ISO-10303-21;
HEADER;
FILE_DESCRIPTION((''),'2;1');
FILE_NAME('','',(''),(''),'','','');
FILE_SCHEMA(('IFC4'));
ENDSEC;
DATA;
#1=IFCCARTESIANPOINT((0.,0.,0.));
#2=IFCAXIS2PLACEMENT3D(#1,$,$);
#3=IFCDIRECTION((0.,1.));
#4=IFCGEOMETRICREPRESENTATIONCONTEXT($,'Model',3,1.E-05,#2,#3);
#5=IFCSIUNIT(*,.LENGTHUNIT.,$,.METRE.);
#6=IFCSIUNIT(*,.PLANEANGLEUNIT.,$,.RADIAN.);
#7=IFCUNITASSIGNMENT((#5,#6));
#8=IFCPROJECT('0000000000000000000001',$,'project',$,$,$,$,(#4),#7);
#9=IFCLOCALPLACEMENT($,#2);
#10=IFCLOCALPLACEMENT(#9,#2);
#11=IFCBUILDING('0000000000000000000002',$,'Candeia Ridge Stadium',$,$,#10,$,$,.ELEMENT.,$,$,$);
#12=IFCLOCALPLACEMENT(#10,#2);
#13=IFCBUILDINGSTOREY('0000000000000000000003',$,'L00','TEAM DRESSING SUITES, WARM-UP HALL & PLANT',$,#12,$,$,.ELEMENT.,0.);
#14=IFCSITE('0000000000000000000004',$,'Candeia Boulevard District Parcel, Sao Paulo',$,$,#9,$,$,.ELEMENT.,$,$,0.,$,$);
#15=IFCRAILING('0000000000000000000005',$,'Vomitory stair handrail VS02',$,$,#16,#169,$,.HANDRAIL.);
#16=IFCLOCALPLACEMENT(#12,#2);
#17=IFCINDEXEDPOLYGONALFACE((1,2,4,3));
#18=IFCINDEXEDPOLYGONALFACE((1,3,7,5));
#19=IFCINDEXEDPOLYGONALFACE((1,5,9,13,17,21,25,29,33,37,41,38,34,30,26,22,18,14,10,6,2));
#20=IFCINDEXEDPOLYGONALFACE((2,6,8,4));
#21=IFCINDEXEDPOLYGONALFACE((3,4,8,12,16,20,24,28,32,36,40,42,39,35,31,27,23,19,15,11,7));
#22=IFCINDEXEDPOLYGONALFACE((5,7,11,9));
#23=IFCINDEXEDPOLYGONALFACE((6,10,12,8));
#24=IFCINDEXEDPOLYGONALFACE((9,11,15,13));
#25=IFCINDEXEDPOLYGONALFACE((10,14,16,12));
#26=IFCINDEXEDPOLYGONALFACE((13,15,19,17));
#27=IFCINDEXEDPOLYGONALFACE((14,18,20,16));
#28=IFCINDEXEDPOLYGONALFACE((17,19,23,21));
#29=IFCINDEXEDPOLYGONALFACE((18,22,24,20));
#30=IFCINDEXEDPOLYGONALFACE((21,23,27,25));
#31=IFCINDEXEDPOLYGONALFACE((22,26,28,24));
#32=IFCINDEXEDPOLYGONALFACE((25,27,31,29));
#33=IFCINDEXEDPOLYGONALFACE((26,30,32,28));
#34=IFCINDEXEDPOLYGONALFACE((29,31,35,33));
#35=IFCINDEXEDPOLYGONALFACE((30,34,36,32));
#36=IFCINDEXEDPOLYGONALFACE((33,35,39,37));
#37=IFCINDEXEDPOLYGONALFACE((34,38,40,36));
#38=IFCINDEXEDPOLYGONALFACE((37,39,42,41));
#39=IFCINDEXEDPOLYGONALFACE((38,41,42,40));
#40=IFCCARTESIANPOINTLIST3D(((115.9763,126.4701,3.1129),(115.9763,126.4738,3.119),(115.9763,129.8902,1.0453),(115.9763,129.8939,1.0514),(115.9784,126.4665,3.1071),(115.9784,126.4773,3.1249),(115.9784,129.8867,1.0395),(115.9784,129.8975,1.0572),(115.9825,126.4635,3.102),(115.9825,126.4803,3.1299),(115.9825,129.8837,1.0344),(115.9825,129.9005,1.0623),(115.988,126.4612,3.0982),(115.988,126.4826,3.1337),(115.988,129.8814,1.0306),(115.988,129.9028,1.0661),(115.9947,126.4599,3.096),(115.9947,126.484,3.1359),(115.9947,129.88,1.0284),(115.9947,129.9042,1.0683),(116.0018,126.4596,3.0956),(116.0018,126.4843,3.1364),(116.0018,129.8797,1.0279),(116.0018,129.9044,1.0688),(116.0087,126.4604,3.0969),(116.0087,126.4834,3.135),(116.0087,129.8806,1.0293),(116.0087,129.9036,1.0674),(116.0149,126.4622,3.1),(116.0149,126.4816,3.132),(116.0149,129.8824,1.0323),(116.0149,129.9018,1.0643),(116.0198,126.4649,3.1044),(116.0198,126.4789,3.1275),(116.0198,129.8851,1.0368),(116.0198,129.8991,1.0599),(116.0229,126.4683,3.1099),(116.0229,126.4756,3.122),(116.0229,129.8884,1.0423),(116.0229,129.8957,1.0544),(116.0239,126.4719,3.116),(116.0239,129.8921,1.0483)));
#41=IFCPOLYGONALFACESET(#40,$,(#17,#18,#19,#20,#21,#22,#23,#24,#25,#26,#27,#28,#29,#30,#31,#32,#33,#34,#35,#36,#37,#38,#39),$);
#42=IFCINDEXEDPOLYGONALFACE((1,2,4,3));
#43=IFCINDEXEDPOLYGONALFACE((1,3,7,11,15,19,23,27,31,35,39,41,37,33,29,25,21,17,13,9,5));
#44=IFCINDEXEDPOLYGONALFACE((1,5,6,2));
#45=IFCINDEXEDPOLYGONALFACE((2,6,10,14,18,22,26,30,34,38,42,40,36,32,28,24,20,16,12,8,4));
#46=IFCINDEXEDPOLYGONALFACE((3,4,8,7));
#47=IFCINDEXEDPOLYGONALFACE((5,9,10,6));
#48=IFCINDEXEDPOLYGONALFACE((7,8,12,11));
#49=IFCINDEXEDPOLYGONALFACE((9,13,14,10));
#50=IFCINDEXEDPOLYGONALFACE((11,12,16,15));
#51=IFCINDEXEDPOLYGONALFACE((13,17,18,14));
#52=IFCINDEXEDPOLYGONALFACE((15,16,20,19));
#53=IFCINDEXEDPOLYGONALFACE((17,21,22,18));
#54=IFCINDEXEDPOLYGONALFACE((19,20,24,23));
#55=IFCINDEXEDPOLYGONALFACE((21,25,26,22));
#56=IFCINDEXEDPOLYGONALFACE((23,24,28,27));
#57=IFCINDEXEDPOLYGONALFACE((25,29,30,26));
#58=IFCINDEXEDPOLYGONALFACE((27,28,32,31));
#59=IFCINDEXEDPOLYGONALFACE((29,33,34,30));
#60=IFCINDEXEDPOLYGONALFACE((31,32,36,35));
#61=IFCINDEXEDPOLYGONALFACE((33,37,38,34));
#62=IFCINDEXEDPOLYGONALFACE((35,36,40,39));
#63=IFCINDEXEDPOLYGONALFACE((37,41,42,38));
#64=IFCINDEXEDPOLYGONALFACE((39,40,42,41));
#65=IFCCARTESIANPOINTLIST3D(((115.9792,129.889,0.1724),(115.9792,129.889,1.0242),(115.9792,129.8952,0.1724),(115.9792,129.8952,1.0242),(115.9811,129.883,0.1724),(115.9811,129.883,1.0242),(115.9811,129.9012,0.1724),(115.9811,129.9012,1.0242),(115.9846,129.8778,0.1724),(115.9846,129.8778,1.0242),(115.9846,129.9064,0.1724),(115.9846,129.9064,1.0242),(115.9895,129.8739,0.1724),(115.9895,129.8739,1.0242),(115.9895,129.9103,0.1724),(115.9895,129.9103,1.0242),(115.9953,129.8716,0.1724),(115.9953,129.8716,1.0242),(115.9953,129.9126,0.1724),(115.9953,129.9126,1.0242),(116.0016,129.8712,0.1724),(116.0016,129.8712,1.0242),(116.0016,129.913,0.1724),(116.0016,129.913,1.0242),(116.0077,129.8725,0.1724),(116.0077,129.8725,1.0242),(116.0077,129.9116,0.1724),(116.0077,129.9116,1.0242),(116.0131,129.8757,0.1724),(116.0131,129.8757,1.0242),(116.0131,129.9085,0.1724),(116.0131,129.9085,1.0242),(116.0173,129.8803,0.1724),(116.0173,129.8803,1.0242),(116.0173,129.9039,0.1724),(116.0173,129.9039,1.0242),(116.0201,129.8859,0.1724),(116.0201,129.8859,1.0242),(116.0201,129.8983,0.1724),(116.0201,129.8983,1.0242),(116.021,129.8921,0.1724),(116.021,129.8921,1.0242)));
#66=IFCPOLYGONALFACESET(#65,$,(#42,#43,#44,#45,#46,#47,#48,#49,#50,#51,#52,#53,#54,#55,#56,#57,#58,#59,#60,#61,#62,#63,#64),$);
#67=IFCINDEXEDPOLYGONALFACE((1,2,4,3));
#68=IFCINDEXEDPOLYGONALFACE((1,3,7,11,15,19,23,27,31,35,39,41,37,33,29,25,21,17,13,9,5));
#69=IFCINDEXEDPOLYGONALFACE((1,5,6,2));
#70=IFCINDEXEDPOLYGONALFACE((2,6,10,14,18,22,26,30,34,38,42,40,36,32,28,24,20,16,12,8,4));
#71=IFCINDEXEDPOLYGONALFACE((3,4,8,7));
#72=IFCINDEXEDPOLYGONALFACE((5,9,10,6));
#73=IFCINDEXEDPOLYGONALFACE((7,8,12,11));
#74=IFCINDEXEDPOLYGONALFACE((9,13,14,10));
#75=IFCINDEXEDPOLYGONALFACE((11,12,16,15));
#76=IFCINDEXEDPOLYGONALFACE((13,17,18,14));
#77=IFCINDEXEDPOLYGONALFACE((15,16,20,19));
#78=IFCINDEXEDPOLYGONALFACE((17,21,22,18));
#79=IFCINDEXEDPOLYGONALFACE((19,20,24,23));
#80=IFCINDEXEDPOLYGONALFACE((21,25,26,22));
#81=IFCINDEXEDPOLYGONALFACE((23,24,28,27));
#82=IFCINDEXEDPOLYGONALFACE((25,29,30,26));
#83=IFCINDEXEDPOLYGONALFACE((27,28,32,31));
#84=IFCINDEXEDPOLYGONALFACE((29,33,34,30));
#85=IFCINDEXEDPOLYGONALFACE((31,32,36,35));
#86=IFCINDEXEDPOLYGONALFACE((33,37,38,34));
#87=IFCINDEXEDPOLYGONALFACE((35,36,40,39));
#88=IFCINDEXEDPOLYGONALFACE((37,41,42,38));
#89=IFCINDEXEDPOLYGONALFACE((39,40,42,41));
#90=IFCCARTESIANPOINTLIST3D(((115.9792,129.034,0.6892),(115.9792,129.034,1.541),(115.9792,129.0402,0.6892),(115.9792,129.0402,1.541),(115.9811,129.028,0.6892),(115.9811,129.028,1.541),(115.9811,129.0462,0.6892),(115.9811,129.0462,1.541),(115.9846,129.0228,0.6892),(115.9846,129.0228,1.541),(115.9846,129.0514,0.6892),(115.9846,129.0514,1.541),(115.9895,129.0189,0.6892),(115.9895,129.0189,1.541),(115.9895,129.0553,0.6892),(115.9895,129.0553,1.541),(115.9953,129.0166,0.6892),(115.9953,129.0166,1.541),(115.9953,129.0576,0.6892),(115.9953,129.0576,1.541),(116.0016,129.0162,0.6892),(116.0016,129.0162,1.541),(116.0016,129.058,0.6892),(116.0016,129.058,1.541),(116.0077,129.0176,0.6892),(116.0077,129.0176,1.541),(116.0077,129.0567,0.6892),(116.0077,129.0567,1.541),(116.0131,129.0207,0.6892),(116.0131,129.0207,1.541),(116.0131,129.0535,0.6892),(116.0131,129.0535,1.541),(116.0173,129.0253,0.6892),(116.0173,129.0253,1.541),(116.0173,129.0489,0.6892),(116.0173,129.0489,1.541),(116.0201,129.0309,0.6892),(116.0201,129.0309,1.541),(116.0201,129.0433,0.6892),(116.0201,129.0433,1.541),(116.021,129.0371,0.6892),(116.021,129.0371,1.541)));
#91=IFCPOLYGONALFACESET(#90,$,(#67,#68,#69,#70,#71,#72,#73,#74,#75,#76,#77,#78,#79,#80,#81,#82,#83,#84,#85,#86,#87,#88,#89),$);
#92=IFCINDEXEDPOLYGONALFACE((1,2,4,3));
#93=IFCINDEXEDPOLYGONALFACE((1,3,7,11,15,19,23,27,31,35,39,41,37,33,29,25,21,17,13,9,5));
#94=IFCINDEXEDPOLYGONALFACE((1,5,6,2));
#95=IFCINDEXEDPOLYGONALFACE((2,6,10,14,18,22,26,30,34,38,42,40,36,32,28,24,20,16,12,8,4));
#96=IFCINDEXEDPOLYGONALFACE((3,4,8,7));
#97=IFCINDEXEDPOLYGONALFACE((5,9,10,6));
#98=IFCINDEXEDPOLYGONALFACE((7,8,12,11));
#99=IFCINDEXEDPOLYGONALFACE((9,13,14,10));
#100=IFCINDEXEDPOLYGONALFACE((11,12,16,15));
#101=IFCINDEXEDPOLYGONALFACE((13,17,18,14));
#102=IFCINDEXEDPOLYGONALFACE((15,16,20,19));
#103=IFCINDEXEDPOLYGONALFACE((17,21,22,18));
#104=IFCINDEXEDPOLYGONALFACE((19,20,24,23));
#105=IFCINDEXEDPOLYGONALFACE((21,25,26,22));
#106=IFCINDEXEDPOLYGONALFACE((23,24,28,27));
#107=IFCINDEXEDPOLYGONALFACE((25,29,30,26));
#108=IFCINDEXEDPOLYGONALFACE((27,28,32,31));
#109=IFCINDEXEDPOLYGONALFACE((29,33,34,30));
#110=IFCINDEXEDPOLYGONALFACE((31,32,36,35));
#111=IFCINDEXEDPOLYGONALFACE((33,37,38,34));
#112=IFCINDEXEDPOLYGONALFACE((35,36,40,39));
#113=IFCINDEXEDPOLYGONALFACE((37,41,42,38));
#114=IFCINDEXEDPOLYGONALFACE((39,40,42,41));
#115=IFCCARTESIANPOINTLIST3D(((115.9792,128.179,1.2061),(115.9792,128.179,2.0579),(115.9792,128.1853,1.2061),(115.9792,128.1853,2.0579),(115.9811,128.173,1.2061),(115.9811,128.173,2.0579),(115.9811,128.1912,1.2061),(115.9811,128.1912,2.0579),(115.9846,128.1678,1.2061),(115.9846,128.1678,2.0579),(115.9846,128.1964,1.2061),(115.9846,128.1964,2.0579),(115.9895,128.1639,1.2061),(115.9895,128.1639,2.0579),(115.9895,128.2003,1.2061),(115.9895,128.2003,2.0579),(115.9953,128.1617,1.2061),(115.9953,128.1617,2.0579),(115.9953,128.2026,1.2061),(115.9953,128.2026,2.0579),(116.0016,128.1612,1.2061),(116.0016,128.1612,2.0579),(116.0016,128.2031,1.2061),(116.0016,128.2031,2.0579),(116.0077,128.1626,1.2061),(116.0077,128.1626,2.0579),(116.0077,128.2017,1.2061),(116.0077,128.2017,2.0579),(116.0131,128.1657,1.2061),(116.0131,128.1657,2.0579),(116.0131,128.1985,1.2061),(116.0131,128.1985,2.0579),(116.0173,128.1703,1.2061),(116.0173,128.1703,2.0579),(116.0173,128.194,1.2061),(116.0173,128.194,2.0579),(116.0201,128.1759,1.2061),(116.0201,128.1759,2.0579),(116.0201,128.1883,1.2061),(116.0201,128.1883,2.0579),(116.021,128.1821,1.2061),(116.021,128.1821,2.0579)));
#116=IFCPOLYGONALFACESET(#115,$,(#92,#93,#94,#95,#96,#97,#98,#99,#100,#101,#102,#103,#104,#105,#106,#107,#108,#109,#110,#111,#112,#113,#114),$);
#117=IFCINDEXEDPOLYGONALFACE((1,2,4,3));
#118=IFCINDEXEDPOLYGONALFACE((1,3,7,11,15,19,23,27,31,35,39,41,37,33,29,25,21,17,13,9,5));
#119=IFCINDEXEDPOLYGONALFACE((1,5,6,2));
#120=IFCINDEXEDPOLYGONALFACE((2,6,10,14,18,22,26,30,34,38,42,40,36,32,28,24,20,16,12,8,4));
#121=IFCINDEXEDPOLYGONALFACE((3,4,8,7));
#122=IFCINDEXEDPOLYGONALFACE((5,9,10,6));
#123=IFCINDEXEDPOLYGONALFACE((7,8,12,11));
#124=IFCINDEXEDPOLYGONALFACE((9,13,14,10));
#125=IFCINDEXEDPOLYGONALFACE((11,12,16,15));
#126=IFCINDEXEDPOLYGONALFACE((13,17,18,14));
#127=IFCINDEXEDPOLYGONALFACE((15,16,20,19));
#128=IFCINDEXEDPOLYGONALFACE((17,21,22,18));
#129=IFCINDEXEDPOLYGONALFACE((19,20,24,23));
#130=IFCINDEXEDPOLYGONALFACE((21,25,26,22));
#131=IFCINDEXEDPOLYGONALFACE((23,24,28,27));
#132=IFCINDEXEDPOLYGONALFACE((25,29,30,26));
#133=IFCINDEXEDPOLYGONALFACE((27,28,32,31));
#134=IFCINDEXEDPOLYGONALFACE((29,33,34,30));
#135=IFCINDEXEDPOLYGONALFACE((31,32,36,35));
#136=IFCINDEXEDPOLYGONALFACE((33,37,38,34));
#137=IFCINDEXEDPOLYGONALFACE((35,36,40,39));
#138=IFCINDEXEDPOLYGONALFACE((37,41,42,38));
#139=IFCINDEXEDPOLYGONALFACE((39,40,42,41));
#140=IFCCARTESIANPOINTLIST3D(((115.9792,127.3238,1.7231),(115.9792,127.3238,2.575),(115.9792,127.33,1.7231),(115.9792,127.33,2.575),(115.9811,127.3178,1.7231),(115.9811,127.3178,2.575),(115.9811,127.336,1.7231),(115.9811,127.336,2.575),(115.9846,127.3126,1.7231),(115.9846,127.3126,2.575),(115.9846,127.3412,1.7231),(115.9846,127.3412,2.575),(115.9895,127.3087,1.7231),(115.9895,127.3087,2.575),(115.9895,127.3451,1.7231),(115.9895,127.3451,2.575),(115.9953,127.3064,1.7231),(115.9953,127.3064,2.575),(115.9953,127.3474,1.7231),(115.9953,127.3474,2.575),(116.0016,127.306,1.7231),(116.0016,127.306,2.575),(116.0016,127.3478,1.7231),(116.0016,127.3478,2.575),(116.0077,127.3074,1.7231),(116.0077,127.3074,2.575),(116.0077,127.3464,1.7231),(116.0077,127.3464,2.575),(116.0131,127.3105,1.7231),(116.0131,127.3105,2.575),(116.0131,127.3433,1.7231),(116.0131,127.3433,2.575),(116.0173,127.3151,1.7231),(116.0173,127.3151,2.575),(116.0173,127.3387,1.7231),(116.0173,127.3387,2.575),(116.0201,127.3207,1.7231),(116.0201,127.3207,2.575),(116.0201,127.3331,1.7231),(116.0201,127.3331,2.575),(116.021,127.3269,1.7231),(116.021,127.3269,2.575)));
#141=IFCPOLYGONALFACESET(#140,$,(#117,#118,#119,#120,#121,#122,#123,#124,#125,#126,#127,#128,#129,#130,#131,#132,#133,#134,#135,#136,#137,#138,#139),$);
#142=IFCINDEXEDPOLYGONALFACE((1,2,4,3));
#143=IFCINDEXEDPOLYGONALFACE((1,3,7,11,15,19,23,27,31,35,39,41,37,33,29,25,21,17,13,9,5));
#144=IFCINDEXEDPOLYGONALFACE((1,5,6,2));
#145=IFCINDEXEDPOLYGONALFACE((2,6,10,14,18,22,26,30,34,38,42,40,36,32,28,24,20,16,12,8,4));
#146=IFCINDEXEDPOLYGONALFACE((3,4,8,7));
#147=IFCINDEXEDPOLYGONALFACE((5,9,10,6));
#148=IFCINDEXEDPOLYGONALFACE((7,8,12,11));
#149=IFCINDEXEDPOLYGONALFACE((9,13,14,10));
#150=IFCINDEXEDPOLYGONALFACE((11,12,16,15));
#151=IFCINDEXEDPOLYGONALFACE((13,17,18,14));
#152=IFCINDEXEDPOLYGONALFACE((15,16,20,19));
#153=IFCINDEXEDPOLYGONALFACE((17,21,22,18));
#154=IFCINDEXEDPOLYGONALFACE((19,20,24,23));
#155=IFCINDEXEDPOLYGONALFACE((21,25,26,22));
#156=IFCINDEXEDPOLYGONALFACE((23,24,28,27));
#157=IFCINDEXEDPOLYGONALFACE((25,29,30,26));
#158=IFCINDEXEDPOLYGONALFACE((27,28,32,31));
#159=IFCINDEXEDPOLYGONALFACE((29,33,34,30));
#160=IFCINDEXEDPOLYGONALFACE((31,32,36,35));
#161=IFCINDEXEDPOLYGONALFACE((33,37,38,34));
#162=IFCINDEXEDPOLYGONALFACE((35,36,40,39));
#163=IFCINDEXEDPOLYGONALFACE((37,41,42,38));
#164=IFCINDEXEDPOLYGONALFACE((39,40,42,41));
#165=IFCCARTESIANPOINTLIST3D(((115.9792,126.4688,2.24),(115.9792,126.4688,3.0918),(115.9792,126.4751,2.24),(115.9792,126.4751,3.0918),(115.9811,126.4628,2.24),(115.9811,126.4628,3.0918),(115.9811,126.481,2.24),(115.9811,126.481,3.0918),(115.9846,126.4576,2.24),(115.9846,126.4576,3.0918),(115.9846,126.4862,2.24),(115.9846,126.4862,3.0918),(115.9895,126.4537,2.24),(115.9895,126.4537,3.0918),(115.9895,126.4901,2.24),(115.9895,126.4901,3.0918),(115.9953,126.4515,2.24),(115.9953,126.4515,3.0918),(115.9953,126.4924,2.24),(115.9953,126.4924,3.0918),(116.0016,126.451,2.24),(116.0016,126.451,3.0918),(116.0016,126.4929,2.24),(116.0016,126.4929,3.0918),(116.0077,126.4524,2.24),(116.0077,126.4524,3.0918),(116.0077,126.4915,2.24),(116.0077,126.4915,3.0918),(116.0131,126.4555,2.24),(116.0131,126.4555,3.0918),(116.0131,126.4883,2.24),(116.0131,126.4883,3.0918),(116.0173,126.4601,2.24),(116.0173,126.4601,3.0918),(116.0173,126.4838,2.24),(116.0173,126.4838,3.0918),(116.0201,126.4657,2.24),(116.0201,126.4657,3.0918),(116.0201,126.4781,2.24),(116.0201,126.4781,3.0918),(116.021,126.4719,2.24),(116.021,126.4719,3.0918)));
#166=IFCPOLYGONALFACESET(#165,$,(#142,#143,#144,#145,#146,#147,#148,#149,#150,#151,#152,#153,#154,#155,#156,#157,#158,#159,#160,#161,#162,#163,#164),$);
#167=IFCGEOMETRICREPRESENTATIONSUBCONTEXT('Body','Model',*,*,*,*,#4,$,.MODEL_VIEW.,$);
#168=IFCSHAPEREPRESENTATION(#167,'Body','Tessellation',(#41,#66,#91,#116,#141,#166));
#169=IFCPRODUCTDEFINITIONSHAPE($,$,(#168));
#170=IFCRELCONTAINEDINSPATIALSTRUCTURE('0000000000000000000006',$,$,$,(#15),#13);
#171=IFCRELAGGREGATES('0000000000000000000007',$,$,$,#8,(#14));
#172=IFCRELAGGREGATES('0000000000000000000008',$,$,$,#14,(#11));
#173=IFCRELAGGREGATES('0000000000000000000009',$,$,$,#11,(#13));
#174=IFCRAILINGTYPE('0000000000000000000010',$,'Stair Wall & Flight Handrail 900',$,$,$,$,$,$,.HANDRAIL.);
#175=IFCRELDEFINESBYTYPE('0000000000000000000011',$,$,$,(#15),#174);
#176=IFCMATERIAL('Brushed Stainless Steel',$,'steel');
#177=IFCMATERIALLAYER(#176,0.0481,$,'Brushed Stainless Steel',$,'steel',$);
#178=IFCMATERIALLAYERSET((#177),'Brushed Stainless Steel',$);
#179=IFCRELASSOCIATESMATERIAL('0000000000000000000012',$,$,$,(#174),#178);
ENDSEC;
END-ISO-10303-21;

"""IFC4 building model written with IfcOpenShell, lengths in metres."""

from ifc_helpers import new_model, si_unit, direction, frame, origin, origin_2d, place, context, subcontext, project, spatial, circle, extrude, material, layer, layer_set, type_object, element, save


model = new_model("IFC4")

# Units and contexts
model_context = context("Model", 3, precision=1e-05, world=origin(), true_north=direction((0.0, 1.0)))
body_context = subcontext(model_context, "Body", "Model", "MODEL_VIEW")
ifc_project = project(units=[si_unit("LENGTHUNIT", "METRE"), si_unit("PLANEANGLEUNIT", "RADIAN")], contexts=[model_context])

# Site, building, storey
site_placement = place(None, origin())
site = spatial("IfcSite", under=ifc_project, at=site_placement, Name="Candeia Boulevard District Parcel, Sao Paulo", CompositionType="ELEMENT", RefElevation=0.0)
building_placement = place(site_placement, origin())
building = spatial("IfcBuilding", under=site, at=building_placement, Name="Candeia Ridge Stadium", CompositionType="ELEMENT")
storey_placement = place(building_placement, origin())
storey = spatial("IfcBuildingStorey", under=building, at=storey_placement, Name="L00", Description="TEAM DRESSING SUITES, WARM-UP HALL & PLANT", CompositionType="ELEMENT", Elevation=0.0)

# Shared definitions
ifc_material_1 = material(Name="Brushed Stainless Steel", Category="steel")

# Railing
ifc_layer_1 = layer(ifc_material_1, 0.0481, Name="Brushed Stainless Steel", Category="steel")
ifc_layer_set_1 = layer_set([ifc_layer_1], Name="Brushed Stainless Steel")
railing_type_1 = type_object("IfcRailingType", Name="Stair Wall & Flight Handrail 900", PredefinedType="HANDRAIL", material=ifc_layer_set_1)
railing_1_placement = place(storey_placement, frame((116.0, 129.8921, 0.1724)))
element("IfcRailing", 1, at=railing_1_placement, inside=storey, type_object=railing_type_1, Name="Vomitory stair handrail VS02", PredefinedType="HANDRAIL", context=body_context, shape_type="SweptSolid", body=[
    extrude(circle(Radius=0.0239, at=origin_2d()), frame((0.0, 0.0, 0.876), z_axis=(0.0, -0.855774, 0.51735), x_axis=(1.0, 0.0, 0.0)), (0.0, 0.0, 1.0), 3.9966),
    extrude(circle(Radius=0.021, at=origin_2d()), origin(), (0.0, 0.0, 1.0), 0.8518),
    extrude(circle(Radius=0.021, at=origin_2d()), frame((0.0, -0.855, 0.5168)), (0.0, 0.0, 1.0), 0.8518),
    extrude(circle(Radius=0.021, at=origin_2d()), frame((0.0, -1.71, 1.0337)), (0.0, 0.0, 1.0), 0.8518),
    extrude(circle(Radius=0.021, at=origin_2d()), frame((0.0, -2.5652, 1.5508)), (0.0, 0.0, 1.0), 0.8518),
    extrude(circle(Radius=0.021, at=origin_2d()), frame((0.0, -3.4202, 2.0676)), (0.0, 0.0, 1.0), 0.8518),
])

save(model, "model.ifc")
